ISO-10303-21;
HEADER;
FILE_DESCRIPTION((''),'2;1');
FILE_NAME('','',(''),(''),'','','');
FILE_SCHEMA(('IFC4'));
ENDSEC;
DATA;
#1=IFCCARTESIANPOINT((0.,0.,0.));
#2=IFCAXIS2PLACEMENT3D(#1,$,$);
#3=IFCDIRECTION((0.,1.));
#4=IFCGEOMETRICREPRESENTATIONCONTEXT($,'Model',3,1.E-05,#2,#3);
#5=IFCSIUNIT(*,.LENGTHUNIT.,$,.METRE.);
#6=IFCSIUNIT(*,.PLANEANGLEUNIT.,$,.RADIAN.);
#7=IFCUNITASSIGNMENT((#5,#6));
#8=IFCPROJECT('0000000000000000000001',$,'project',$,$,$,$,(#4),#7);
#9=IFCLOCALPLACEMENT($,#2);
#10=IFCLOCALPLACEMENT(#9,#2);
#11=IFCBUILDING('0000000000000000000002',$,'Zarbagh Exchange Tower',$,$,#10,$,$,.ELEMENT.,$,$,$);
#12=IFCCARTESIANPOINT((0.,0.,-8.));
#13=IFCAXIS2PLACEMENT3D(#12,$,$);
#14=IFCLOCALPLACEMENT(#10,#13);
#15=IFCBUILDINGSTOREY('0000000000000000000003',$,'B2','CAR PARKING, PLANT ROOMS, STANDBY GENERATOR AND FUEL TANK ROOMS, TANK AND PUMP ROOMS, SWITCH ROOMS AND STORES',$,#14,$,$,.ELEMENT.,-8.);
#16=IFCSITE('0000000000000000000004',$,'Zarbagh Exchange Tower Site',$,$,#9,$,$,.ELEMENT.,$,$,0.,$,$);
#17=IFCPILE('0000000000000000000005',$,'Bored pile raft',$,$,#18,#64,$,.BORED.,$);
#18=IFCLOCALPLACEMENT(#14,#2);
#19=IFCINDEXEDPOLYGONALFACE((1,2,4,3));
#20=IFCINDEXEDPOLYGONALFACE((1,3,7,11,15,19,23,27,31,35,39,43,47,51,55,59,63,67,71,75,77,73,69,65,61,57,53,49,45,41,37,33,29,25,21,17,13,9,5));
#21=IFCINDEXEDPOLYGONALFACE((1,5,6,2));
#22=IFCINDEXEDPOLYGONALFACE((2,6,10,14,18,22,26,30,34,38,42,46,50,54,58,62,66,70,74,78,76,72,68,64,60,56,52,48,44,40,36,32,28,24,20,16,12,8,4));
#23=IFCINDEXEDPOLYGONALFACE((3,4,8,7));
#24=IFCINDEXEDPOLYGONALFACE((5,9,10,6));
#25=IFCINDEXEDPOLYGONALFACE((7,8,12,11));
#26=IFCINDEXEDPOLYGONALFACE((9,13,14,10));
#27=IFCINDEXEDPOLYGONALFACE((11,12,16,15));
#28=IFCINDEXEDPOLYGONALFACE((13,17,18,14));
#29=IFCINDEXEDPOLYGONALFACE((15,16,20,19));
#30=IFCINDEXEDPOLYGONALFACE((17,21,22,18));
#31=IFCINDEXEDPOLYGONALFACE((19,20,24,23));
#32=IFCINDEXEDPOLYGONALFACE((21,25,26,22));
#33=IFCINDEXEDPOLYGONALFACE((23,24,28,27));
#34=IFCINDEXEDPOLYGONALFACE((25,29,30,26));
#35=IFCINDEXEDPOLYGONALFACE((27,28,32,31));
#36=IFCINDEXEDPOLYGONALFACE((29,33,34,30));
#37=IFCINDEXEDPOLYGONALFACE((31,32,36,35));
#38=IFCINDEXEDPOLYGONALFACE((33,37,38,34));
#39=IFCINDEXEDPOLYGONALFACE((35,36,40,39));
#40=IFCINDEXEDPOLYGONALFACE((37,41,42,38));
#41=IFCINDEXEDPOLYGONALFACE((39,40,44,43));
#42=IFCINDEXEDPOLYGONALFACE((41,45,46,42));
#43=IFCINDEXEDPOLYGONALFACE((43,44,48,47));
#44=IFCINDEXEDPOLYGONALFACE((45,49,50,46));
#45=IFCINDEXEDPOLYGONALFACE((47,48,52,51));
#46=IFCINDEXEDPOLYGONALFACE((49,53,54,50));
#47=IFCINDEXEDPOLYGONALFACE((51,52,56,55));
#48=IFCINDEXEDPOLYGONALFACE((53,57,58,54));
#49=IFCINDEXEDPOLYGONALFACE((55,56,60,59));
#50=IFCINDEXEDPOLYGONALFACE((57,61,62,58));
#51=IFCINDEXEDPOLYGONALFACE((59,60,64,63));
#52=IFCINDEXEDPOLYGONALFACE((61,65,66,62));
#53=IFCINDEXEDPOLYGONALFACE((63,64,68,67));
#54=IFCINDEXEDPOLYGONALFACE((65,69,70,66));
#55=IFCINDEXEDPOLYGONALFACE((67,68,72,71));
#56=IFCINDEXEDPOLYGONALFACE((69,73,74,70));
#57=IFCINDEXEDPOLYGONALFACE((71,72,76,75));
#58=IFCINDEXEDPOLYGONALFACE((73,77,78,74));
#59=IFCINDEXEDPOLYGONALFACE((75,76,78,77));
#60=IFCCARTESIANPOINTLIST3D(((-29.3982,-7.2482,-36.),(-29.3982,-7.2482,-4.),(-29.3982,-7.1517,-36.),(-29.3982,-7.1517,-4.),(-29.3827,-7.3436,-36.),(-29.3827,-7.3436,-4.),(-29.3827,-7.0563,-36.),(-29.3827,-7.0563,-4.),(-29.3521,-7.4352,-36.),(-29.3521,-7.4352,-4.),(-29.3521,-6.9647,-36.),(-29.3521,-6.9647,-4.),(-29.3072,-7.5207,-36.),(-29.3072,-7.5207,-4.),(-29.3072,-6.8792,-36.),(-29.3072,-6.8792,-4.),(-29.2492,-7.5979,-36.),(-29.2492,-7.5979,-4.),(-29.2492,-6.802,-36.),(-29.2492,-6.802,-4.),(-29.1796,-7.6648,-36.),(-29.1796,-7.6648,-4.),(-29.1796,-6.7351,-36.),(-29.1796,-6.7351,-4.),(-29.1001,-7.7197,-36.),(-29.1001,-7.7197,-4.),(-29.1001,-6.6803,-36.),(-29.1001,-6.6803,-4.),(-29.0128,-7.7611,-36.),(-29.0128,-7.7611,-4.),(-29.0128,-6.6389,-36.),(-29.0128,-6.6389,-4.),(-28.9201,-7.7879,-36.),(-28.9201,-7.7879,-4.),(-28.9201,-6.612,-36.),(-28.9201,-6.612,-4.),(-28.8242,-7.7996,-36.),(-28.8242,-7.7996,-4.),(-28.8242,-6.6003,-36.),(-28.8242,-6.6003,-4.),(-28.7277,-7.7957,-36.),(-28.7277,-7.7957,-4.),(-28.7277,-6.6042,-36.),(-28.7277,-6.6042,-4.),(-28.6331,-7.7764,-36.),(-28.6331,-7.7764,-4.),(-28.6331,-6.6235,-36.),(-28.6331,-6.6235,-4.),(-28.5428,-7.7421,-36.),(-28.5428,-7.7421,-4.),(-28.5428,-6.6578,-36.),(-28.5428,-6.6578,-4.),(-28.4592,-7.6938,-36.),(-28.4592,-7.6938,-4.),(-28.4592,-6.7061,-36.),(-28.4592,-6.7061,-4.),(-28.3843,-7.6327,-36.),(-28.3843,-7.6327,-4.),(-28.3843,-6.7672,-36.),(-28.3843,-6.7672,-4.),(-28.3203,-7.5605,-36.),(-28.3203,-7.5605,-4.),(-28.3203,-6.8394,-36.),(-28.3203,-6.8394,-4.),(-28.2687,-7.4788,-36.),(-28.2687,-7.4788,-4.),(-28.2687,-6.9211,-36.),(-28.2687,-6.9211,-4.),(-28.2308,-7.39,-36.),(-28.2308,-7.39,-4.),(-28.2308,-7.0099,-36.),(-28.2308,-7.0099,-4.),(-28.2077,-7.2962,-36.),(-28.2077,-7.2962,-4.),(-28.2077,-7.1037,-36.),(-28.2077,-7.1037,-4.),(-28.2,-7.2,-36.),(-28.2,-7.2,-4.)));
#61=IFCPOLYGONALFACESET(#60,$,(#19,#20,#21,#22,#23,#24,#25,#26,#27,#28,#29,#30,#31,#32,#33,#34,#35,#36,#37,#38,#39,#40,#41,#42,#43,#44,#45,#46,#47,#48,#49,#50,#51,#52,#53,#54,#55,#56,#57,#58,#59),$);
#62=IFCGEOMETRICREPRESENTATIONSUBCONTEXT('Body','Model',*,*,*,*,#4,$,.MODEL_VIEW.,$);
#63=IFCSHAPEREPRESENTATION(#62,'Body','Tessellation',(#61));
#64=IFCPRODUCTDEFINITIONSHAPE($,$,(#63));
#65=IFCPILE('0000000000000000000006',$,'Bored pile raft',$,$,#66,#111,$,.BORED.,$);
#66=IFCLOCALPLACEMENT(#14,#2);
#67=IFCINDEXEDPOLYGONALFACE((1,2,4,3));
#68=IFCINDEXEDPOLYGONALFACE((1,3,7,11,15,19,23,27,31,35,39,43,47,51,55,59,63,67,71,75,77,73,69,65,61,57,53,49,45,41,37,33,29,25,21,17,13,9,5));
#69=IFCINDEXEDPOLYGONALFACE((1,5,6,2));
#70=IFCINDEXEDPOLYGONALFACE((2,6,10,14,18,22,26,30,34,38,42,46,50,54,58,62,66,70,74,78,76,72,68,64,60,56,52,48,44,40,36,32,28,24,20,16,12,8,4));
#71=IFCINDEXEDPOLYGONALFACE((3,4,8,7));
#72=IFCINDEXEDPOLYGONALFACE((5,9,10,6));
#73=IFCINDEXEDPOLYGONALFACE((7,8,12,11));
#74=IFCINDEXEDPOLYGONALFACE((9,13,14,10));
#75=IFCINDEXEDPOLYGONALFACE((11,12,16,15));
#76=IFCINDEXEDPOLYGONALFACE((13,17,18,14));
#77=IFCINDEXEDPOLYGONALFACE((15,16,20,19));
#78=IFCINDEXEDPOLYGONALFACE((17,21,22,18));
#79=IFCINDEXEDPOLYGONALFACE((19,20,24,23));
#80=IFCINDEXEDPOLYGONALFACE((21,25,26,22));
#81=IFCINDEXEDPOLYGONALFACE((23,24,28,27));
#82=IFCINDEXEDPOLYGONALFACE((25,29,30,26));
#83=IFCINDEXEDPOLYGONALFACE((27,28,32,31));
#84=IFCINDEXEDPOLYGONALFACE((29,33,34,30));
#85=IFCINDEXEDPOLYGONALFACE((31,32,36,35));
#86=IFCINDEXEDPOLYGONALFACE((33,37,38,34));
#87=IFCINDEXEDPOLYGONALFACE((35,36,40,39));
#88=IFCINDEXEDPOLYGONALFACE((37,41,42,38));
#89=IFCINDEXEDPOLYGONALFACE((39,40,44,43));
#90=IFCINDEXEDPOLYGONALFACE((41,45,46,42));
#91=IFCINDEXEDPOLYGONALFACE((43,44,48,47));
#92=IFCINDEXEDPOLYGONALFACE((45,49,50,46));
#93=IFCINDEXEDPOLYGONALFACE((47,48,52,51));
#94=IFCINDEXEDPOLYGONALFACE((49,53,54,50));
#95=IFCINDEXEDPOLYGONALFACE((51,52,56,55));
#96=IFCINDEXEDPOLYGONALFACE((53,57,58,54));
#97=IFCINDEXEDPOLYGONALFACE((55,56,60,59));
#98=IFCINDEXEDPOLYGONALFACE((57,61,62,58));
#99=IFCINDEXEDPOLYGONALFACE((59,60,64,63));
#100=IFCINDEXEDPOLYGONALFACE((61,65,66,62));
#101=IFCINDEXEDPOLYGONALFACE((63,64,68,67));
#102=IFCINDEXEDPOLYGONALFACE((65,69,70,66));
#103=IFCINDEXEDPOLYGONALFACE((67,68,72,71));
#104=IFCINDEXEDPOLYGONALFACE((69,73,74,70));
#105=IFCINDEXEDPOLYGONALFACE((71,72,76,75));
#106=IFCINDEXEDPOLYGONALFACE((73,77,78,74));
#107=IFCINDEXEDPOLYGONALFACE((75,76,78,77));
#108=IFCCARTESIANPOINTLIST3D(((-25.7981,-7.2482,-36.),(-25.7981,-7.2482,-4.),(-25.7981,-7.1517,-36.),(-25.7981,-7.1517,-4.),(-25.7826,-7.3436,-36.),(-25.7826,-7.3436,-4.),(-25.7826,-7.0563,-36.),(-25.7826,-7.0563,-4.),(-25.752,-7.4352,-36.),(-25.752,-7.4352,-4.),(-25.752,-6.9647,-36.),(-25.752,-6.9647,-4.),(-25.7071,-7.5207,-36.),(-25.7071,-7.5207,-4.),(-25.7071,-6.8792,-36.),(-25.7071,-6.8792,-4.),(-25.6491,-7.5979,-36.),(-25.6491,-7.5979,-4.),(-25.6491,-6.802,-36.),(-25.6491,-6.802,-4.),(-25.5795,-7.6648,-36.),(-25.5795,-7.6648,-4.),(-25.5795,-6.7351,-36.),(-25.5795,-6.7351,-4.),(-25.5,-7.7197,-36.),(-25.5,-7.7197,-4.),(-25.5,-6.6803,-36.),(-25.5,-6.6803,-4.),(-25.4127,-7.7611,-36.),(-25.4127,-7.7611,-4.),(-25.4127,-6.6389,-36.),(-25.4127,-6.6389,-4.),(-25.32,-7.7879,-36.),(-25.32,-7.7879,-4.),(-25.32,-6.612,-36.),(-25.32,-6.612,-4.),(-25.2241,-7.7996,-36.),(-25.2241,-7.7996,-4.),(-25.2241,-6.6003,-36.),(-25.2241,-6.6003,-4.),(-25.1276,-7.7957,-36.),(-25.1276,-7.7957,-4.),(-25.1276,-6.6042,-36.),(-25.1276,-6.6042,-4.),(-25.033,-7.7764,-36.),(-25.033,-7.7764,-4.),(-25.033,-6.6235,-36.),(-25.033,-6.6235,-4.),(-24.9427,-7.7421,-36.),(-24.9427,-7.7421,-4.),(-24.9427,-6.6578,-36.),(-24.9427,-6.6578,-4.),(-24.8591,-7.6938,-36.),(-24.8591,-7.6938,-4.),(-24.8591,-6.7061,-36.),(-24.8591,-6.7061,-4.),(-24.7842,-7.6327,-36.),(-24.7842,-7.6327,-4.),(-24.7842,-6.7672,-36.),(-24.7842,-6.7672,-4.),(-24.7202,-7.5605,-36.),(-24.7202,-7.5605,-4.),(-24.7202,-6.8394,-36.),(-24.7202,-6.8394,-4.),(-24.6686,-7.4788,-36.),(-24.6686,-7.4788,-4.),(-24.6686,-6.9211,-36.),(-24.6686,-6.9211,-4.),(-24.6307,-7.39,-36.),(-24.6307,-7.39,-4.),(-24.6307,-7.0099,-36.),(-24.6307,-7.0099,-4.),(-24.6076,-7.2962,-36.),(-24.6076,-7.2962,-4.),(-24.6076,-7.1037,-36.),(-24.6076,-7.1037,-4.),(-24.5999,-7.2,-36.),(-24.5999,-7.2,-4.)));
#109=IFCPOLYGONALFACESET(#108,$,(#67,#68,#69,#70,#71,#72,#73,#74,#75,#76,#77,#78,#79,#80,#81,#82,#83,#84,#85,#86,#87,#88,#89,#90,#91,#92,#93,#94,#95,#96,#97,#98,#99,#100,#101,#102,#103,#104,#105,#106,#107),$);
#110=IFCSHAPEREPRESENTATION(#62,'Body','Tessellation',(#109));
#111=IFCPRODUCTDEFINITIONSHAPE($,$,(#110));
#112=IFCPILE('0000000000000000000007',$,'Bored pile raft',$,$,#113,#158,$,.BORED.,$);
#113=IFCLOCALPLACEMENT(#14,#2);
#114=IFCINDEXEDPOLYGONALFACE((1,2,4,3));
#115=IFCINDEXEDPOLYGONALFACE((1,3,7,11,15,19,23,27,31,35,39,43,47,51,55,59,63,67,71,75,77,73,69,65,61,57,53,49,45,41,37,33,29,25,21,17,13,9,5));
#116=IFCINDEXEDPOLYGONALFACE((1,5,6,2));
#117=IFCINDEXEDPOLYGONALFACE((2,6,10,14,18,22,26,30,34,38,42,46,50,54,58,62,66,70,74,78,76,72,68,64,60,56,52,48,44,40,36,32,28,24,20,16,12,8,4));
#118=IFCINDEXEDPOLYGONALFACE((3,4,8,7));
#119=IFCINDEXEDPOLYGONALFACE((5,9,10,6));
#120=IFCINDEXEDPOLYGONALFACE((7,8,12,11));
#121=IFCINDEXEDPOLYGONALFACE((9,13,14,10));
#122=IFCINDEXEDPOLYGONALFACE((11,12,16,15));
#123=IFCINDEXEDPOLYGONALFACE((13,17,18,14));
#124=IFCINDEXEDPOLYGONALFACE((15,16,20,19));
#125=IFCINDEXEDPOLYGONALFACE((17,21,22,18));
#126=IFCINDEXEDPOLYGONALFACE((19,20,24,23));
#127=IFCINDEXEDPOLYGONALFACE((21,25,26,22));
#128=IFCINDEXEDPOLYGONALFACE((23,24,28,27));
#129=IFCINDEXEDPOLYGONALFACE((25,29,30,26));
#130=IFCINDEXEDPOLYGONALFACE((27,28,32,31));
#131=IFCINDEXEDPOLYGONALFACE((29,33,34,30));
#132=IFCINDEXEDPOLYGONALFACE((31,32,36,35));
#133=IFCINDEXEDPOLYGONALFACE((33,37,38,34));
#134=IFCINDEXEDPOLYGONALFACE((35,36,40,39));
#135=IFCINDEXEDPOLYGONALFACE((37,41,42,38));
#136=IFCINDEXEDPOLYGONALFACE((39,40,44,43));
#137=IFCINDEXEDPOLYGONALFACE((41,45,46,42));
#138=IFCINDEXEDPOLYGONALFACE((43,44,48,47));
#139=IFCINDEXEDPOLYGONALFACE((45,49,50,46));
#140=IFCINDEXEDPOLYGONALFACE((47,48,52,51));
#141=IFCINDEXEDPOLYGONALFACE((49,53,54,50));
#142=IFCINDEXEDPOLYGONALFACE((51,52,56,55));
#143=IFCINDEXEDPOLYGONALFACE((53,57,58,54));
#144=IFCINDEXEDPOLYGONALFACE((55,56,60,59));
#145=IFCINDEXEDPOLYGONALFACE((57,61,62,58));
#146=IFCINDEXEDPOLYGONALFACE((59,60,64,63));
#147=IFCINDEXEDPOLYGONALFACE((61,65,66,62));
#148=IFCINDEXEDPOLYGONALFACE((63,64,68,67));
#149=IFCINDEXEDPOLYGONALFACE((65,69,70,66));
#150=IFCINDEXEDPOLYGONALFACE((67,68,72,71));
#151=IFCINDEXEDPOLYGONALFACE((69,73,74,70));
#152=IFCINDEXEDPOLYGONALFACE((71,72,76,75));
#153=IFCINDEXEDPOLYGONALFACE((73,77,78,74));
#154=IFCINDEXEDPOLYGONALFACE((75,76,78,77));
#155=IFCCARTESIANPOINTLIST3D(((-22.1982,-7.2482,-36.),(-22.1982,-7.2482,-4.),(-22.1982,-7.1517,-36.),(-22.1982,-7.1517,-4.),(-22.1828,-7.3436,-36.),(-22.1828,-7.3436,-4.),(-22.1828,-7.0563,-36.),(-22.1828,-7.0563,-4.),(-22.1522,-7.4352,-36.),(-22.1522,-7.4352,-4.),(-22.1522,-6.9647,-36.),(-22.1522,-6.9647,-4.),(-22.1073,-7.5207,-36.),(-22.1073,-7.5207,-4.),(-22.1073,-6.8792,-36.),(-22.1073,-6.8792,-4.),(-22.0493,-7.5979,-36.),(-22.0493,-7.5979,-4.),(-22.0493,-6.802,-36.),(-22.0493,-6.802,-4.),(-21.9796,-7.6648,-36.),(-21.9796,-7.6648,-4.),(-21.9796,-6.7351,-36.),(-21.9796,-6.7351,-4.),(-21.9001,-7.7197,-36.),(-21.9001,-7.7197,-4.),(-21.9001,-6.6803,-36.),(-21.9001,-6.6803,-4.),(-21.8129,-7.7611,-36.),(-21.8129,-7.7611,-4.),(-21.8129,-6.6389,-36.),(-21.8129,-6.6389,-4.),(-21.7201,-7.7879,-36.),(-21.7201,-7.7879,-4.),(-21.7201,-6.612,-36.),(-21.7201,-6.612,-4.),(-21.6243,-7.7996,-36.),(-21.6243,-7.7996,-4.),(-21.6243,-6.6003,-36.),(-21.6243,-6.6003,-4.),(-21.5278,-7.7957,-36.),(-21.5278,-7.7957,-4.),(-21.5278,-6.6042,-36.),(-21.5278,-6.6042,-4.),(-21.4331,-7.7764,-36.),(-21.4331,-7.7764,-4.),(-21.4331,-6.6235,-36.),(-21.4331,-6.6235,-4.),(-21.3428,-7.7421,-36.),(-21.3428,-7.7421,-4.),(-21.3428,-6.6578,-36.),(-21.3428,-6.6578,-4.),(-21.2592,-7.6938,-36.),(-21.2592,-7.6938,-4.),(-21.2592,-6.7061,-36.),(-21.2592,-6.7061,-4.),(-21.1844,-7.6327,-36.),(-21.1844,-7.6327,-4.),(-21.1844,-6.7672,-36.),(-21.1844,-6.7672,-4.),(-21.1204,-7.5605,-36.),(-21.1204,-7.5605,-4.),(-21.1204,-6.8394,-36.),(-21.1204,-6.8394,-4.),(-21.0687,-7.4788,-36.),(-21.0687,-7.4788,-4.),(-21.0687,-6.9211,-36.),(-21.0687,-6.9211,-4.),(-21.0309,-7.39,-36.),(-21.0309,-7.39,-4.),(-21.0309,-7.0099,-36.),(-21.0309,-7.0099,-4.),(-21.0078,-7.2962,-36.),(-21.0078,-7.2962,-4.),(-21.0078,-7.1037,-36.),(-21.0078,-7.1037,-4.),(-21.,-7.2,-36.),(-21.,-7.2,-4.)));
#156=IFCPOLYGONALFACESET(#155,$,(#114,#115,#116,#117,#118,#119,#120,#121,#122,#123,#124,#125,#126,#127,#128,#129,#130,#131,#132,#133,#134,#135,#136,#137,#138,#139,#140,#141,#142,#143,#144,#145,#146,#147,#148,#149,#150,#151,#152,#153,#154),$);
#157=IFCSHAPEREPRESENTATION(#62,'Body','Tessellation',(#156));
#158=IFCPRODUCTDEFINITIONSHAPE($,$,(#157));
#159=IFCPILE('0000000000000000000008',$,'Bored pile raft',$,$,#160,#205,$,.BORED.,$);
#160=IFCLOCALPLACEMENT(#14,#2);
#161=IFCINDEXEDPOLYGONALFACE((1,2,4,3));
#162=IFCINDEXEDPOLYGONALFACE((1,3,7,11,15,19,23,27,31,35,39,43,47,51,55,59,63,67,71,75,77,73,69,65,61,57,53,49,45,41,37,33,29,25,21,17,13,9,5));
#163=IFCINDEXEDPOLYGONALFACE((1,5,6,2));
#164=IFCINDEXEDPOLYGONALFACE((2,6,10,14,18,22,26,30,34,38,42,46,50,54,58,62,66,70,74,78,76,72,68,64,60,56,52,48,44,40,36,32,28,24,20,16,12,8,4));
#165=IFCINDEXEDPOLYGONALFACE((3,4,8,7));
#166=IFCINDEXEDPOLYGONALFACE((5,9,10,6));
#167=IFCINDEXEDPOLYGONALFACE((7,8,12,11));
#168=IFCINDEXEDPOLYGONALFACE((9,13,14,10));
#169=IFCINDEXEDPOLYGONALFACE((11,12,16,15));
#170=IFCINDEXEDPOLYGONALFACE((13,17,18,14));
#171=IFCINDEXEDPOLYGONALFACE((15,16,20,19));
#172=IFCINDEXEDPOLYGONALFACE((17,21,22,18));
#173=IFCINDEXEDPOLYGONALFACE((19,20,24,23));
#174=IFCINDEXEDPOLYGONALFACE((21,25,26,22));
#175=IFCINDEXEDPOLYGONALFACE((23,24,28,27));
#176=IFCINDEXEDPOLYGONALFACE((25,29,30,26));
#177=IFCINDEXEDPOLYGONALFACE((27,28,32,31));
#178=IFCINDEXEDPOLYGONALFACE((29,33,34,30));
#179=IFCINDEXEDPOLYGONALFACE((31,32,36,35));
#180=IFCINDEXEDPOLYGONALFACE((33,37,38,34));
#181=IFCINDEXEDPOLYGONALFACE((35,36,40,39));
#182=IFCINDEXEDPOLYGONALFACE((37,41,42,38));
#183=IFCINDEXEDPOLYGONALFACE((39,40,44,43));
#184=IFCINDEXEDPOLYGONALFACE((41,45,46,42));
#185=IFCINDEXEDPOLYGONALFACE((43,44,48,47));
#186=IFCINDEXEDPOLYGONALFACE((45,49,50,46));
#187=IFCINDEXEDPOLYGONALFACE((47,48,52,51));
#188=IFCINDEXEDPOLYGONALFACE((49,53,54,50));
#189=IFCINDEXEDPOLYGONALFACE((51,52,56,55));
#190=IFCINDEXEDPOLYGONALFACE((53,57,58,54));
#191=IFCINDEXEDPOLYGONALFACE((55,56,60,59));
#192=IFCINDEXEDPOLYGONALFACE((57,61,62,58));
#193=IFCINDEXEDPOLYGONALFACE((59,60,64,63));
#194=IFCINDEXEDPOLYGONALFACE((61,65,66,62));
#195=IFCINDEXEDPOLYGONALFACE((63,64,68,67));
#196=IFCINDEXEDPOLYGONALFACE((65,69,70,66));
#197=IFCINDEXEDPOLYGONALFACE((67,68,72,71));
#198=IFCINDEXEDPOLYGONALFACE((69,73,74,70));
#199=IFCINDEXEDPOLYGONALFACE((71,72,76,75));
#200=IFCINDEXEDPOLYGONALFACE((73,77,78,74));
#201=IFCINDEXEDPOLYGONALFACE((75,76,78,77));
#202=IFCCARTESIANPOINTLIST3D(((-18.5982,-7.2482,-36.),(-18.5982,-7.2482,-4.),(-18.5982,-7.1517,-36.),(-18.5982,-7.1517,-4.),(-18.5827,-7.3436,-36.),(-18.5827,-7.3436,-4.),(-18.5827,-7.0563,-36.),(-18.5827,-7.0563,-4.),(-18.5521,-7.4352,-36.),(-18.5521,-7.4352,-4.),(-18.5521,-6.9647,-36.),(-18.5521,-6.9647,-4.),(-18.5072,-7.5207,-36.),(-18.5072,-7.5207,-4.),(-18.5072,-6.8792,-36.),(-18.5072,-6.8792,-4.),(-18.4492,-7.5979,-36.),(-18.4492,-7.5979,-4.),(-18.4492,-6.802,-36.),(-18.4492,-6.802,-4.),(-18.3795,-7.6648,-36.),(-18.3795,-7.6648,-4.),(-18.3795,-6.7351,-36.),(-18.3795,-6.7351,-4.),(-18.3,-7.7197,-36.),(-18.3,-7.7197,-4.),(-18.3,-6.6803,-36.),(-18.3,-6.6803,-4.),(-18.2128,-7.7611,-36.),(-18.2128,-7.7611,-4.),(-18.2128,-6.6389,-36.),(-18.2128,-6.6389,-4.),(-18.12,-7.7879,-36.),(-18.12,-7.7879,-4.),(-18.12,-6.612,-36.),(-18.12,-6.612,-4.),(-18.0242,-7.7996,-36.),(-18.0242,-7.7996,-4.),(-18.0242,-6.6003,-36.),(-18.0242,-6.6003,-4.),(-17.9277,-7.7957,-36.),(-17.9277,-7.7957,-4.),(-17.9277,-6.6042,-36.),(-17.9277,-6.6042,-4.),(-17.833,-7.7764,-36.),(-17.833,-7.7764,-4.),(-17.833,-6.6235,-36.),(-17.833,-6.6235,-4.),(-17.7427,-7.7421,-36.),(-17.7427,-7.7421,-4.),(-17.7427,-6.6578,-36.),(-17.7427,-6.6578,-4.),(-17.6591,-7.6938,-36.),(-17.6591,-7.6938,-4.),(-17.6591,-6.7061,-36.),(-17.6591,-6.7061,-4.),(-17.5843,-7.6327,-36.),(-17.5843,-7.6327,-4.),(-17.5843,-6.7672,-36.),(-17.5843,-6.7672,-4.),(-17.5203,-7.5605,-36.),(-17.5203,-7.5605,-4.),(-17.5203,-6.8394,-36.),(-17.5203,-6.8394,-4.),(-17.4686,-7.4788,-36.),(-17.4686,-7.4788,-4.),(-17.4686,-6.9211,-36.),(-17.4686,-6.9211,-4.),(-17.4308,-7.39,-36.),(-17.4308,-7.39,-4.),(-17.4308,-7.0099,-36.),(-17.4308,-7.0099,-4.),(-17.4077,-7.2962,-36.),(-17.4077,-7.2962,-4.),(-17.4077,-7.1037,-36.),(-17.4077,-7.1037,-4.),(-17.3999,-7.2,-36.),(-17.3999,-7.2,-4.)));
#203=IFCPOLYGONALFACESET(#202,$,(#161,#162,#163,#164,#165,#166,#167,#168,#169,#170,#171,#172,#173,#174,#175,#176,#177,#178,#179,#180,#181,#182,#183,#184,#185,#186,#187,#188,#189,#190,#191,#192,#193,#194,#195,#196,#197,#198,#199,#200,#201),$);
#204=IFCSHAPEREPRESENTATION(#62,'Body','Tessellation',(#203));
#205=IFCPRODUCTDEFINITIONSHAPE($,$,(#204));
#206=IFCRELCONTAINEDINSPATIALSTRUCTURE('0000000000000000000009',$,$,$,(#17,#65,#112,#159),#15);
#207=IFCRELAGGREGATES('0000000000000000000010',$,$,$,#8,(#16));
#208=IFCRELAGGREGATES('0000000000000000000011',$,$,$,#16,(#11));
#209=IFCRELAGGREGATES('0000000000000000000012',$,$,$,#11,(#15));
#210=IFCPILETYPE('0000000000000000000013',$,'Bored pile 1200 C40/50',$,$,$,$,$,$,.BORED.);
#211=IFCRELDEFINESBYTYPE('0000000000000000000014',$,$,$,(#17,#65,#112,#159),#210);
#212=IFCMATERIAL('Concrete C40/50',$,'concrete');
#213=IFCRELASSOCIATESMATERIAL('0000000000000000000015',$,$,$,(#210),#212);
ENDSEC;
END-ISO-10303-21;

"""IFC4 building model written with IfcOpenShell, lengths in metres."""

from ifc_helpers import new_model, si_unit, direction, frame, origin, origin_2d, place, context, subcontext, project, spatial, circle, extrude, material, material_profile, profile_set, type_object, element, save


model = new_model("IFC4")

# Units and contexts
model_context = context("Model", 3, precision=1e-05, world=origin(), true_north=direction((0.0, 1.0)))
body_context = subcontext(model_context, "Body", "Model", "MODEL_VIEW")
ifc_project = project(units=[si_unit("LENGTHUNIT", "METRE"), si_unit("PLANEANGLEUNIT", "RADIAN")], contexts=[model_context])

# Site, building, storey
site_placement = place(None, origin())
site = spatial("IfcSite", under=ifc_project, at=site_placement, Name="Zarbagh Exchange Tower Site", CompositionType="ELEMENT", RefElevation=0.0)
building_placement = place(site_placement, origin())
building = spatial("IfcBuilding", under=site, at=building_placement, Name="Zarbagh Exchange Tower", CompositionType="ELEMENT")
storey_placement = place(building_placement, frame((0.0, 0.0, -8.0)))
storey = spatial("IfcBuildingStorey", under=building, at=storey_placement, Name="B2", Description="CAR PARKING, PLANT ROOMS, STANDBY GENERATOR AND FUEL TANK ROOMS, TANK AND PUMP ROOMS, SWITCH ROOMS AND STORES", CompositionType="ELEMENT", Elevation=-8.0)

# Piles
ifc_material_1 = material(Name="Concrete C40/50", Category="concrete")
ifc_material_profile_1 = material_profile(ifc_material_1, circle(Radius=0.6001, at=origin_2d()), Name="Bored pile 1200 C40/50")
ifc_profile_set_1 = profile_set([ifc_material_profile_1], Name="Concrete C40/50")
pile_type = type_object("IfcPileType", Name="Bored pile 1200 C40/50", PredefinedType="BORED", material=ifc_profile_set_1)
for number, where, z_axis, x_axis, name in (
    (1, (-28.8, -7.2, -4.0), (0.0, 0.0, -1.0), (1.0, 0.0, 0.0), "Bored pile raft"),
    (2, (-25.2, -7.2, -4.0), (0.0, 0.0, -1.0), (1.0, 0.0, 0.0), "Bored pile raft"),
    (3, (-21.6001, -7.2, -4.0), (0.0, 0.0, -1.0), (1.0, 0.0, 0.0), "Bored pile raft"),
    (4, (-18.0, -7.2, -4.0), (0.0, 0.0, -1.0), (1.0, 0.0, 0.0), "Bored pile raft"),
):
    element("IfcPile", number, at=place(storey_placement, frame(where, z_axis=z_axis, x_axis=x_axis)), inside=storey, type_object=pile_type, Name=name, PredefinedType="BORED", context=body_context, shape_type="SweptSolid", body=[
        extrude(circle(Radius=0.6001, at=origin_2d()), origin(), (0.0, 0.0, 1.0), 32.0),
    ])

save(model, "model.ifc")
